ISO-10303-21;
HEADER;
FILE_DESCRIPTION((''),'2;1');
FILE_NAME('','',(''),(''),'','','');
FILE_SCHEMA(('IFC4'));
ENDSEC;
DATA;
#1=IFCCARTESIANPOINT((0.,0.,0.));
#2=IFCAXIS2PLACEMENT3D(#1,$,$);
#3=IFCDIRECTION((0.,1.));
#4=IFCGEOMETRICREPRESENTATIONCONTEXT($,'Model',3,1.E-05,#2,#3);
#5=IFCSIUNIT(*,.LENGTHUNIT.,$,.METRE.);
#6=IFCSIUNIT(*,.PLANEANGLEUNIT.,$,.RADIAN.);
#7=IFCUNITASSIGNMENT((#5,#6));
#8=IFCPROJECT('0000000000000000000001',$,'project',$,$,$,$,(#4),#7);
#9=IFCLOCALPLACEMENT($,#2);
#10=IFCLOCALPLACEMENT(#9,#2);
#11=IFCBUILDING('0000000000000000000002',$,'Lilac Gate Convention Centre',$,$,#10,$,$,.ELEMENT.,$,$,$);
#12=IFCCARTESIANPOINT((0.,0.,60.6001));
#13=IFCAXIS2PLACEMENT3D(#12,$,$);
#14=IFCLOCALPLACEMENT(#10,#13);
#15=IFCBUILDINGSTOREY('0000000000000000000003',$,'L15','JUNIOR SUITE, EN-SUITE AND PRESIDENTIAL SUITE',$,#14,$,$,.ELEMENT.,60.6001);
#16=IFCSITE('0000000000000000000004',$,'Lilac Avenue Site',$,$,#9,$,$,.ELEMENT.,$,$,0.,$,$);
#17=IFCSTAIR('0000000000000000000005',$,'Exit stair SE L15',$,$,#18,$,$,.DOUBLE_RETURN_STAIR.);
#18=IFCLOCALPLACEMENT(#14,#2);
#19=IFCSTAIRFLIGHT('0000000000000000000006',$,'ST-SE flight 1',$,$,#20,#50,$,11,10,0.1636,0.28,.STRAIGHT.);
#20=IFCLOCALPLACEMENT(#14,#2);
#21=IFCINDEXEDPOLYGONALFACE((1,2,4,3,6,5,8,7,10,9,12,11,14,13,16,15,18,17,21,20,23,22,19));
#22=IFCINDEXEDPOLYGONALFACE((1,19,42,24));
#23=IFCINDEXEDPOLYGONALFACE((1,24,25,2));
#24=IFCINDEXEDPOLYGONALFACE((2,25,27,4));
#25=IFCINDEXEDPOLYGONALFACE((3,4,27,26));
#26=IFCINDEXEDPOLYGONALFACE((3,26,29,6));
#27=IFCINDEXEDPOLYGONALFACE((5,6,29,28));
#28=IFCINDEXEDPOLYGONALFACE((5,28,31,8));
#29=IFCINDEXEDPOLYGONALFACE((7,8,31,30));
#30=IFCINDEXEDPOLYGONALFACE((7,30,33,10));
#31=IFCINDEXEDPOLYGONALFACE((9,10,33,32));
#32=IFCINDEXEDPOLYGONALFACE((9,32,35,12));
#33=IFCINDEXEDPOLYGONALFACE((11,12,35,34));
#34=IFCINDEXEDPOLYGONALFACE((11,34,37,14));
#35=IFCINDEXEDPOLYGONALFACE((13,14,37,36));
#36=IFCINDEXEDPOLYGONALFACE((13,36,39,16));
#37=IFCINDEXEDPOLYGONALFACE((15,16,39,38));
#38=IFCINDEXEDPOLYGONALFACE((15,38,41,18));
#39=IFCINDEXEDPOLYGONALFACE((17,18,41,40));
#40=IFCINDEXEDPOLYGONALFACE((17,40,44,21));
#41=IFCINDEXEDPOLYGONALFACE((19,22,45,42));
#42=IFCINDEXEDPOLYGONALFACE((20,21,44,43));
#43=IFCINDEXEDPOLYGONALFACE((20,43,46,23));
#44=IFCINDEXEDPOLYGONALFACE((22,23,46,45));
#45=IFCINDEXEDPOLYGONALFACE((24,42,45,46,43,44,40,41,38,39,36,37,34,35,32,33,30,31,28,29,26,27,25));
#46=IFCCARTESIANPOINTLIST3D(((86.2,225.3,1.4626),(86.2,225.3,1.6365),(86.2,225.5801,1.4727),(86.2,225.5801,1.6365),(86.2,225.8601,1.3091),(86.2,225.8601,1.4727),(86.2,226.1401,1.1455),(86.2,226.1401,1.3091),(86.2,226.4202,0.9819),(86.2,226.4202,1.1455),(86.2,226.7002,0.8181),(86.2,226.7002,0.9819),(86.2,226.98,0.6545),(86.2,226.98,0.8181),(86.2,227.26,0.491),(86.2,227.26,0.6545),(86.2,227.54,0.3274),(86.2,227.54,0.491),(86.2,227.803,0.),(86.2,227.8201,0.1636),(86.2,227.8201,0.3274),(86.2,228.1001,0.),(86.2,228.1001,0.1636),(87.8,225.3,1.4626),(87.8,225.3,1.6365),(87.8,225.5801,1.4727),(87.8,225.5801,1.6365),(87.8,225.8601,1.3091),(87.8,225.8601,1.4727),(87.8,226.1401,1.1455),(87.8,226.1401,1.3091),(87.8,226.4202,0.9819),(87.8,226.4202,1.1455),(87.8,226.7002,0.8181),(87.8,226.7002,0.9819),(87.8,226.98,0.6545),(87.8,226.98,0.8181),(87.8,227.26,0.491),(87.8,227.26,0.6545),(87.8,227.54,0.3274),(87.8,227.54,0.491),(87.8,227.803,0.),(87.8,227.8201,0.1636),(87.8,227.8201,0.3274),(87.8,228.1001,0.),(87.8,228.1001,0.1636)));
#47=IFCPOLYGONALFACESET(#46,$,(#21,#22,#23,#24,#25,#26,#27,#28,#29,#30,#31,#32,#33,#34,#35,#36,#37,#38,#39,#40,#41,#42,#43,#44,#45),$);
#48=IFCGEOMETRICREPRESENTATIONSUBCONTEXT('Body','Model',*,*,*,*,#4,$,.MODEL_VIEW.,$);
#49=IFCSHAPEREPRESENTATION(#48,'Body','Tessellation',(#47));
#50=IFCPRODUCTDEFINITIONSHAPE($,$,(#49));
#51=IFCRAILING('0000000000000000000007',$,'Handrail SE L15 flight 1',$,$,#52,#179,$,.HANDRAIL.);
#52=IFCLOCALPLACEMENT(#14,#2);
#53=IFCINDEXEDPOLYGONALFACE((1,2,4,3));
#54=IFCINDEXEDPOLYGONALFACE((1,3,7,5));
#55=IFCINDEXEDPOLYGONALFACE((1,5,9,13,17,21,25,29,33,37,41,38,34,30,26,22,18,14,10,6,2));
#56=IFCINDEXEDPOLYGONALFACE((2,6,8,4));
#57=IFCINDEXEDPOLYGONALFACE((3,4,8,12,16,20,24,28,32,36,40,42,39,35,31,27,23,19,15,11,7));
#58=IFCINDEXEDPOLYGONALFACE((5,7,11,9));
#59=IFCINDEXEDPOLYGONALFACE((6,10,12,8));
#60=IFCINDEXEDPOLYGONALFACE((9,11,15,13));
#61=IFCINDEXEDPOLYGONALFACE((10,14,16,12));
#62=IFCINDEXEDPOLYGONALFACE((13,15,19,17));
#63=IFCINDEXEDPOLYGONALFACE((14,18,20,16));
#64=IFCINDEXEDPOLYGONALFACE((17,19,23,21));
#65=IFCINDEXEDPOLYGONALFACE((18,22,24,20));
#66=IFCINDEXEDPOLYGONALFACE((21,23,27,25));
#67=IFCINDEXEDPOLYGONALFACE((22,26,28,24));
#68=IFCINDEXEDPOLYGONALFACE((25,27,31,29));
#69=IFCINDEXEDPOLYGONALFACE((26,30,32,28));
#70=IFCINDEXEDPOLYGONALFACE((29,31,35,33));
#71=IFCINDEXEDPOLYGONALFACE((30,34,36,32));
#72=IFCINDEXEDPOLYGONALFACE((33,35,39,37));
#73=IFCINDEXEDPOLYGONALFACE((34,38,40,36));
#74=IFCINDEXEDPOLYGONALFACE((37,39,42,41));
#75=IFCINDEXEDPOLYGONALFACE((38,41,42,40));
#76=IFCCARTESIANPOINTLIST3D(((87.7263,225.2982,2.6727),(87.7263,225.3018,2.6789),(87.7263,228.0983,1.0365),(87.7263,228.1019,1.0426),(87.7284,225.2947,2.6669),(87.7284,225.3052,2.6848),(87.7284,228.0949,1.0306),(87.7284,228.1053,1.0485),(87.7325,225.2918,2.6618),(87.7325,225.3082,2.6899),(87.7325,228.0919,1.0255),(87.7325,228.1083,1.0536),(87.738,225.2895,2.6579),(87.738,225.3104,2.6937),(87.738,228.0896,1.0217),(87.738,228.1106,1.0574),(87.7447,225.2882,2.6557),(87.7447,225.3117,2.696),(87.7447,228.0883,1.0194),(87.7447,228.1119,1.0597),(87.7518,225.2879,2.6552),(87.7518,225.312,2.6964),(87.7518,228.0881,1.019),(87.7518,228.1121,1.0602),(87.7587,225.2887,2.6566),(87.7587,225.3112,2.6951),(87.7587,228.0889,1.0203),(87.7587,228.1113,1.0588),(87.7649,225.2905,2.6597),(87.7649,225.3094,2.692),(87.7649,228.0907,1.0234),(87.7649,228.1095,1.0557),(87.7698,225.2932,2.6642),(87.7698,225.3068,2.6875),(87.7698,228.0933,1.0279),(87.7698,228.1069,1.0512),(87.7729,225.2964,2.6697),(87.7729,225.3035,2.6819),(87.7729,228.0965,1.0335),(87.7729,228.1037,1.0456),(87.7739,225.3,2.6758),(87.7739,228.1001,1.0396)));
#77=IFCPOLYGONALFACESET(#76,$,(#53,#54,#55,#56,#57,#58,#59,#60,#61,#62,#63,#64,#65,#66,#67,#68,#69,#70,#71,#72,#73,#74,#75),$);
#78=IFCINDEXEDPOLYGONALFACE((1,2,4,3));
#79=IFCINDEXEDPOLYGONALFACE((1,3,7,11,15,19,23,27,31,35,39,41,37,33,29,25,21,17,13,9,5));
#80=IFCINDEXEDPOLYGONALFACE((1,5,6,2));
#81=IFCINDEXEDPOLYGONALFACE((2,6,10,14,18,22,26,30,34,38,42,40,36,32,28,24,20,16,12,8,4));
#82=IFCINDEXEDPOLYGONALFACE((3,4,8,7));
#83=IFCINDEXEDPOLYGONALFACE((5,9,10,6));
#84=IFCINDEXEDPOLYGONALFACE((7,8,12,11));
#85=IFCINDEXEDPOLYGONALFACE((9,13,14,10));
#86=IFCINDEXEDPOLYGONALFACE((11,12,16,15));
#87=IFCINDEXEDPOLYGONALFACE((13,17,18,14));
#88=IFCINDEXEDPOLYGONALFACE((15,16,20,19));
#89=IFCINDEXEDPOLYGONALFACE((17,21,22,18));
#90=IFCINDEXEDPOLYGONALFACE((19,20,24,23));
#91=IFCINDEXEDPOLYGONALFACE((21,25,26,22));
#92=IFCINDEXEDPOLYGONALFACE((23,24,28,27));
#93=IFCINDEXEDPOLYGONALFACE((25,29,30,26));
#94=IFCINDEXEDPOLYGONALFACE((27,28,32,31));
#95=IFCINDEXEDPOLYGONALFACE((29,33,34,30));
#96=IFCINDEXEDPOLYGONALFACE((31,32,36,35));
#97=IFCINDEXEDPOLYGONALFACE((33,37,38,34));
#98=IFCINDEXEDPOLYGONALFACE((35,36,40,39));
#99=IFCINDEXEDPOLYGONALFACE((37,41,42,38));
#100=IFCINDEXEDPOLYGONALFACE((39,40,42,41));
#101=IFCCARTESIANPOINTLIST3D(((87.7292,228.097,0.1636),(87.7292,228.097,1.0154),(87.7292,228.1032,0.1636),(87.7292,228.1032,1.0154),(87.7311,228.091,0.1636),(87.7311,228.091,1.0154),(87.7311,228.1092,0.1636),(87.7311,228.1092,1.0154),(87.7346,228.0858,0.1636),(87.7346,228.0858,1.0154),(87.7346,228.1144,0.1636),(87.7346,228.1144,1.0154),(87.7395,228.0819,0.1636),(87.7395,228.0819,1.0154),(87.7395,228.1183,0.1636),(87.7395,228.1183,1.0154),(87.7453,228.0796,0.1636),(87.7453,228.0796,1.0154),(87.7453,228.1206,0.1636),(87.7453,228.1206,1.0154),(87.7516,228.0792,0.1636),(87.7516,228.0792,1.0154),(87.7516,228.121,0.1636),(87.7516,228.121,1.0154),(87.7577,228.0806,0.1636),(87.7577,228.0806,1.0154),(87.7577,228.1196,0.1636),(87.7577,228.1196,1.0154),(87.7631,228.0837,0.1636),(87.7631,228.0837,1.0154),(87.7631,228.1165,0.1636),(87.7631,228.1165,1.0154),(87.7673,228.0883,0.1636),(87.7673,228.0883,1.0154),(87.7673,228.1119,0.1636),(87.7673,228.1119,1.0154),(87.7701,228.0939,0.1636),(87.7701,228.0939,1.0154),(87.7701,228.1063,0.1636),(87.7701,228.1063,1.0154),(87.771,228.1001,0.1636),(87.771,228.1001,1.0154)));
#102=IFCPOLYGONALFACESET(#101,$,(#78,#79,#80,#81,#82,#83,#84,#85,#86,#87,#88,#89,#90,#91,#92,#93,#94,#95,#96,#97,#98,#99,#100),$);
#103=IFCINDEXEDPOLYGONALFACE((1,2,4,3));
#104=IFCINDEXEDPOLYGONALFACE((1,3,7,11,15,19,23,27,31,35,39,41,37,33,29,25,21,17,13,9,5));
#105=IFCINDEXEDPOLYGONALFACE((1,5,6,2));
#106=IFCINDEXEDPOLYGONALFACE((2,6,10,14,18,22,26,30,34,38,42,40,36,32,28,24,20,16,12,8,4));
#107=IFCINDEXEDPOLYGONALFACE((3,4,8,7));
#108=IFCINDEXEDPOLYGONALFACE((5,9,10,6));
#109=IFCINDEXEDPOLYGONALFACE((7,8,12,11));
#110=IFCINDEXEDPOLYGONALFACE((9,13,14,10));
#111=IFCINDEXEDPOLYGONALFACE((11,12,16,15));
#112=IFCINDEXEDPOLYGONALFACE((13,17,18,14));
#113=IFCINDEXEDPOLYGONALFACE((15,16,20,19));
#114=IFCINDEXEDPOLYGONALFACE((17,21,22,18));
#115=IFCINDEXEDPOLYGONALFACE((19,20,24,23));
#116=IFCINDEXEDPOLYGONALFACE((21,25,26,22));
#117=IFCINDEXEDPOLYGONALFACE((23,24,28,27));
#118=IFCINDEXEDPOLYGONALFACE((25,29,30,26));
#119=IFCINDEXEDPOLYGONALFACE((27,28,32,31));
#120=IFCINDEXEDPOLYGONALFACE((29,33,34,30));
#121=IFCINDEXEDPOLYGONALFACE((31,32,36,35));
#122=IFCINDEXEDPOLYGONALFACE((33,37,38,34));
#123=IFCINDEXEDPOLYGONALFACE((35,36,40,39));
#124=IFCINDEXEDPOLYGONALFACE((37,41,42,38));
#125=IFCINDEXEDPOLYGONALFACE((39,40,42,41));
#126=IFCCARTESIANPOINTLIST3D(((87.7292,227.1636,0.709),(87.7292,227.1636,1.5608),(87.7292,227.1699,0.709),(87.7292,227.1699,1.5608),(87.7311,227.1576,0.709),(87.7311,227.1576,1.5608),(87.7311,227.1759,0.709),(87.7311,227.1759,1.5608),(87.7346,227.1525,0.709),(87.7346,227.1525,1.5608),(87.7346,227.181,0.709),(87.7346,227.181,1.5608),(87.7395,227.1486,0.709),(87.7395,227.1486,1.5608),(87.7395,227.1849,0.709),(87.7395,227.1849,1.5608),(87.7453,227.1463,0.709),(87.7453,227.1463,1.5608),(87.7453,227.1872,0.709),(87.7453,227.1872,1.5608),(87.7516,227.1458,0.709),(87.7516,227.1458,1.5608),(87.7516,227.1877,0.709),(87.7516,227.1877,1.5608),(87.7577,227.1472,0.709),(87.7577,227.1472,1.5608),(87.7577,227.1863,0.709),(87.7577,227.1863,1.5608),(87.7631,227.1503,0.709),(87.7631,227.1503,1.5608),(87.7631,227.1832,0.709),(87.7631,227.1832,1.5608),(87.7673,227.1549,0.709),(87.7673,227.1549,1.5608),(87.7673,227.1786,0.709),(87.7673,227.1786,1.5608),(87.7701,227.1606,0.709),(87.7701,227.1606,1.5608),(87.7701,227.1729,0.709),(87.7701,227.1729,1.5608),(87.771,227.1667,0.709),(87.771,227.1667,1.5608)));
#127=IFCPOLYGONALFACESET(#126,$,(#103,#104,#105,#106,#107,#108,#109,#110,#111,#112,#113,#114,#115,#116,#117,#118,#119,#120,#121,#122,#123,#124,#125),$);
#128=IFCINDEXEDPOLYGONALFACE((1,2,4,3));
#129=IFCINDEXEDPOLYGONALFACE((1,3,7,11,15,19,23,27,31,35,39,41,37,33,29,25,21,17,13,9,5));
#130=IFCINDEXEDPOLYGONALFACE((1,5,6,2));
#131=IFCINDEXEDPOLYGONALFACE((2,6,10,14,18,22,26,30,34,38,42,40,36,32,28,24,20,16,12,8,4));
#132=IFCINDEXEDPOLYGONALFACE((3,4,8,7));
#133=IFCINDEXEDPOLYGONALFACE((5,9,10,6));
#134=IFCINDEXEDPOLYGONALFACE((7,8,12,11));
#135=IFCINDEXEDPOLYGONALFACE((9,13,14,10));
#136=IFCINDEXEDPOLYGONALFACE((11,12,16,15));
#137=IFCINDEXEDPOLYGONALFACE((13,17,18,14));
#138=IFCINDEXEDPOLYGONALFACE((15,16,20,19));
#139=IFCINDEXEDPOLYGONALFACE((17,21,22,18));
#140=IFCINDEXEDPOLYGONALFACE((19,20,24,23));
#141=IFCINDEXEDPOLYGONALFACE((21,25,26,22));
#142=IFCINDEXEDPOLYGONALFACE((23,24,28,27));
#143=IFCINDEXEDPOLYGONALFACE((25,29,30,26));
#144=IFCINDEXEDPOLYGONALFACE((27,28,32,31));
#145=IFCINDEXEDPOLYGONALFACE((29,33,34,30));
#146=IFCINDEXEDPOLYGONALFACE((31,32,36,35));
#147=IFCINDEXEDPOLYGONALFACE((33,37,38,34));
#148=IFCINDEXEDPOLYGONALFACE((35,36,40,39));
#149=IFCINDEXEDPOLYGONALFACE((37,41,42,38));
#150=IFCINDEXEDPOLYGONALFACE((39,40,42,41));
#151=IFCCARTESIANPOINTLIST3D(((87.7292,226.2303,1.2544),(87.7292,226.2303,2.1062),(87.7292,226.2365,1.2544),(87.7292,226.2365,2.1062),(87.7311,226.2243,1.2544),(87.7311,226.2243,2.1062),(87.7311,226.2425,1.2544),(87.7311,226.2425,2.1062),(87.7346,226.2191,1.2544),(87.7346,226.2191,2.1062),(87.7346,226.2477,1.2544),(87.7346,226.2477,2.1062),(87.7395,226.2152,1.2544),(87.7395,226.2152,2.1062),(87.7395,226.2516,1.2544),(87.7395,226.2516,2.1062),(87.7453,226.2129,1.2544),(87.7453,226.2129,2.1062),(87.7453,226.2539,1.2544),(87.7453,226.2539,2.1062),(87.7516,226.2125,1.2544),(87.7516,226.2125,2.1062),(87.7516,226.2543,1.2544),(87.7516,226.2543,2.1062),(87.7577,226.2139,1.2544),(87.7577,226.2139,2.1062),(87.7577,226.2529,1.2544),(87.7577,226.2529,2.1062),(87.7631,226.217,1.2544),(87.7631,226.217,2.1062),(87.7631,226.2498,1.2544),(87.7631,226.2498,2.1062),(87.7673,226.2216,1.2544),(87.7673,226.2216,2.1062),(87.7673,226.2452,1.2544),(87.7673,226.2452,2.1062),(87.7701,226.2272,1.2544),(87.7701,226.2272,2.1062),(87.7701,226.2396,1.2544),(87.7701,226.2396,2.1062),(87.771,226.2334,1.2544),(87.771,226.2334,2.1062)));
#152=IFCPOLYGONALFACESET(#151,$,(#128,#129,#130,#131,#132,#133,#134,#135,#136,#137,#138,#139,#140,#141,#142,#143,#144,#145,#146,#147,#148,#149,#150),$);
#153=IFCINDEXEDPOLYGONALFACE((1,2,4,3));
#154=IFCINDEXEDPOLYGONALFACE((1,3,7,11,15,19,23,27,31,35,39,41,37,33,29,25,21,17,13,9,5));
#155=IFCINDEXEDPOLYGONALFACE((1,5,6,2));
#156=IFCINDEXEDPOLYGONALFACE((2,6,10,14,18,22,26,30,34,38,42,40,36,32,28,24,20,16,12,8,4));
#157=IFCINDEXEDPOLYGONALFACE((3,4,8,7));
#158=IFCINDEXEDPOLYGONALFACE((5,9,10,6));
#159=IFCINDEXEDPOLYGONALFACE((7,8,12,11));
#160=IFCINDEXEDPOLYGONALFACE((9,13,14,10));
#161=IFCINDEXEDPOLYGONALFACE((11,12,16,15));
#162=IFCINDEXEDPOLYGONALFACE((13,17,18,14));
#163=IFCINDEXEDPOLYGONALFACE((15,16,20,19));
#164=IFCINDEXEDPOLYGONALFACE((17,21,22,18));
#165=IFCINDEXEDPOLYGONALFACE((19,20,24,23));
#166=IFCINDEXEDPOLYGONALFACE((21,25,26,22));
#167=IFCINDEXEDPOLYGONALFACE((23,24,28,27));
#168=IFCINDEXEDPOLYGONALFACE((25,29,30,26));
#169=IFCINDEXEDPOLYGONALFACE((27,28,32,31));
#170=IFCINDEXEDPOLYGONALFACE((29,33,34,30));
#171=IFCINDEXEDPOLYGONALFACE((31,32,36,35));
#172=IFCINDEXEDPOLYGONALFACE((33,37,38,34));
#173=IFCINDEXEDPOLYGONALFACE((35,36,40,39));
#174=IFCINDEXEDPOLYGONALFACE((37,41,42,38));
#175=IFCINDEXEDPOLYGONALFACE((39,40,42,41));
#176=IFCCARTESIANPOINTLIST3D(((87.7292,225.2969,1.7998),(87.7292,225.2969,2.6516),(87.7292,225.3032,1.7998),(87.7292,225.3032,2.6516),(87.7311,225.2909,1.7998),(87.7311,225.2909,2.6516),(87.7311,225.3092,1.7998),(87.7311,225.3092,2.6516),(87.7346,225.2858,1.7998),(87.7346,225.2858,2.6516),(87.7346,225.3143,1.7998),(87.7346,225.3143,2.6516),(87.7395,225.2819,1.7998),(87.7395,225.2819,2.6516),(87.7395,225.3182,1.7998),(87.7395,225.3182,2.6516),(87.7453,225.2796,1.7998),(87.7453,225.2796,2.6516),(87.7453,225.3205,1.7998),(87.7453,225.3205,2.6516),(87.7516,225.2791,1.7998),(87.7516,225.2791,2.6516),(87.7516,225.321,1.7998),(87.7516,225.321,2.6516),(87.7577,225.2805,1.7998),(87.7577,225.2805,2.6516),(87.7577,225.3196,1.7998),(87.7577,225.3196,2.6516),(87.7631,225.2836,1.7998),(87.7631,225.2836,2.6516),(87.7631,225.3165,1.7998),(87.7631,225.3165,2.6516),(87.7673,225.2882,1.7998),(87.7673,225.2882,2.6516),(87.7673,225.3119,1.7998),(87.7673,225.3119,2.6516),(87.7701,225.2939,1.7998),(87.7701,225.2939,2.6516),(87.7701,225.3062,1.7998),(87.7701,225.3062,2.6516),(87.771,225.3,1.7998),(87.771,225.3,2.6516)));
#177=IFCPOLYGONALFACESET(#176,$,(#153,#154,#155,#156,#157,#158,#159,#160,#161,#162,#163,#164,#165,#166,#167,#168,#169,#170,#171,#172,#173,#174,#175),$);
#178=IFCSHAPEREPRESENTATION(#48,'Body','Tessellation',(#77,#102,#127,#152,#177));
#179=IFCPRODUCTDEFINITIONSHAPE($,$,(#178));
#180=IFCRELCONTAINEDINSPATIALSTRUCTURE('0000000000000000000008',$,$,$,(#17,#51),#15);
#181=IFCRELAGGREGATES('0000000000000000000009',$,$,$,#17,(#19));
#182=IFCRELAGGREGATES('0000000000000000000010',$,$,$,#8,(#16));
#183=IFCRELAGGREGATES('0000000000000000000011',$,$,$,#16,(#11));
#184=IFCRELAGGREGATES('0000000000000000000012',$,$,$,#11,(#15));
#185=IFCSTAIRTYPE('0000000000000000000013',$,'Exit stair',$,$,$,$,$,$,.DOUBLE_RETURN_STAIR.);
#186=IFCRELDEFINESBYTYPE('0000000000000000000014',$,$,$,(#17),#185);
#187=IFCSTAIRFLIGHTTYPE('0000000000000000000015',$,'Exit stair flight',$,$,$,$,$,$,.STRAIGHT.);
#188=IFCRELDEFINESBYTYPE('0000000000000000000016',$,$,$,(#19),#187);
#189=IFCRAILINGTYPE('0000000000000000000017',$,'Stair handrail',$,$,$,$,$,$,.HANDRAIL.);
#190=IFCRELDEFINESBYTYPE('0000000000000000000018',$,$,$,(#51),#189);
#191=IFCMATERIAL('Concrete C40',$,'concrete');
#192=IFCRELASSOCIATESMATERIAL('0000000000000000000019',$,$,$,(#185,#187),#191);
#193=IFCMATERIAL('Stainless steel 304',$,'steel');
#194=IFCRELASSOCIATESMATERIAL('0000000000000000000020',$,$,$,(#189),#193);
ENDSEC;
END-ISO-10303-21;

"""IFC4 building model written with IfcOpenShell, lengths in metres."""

from ifc_helpers import new_model, si_unit, direction, frame, origin, origin_2d, place, context, subcontext, project, spatial, polyline, circle, outline, extrude, material, type_object, element, aggregate, save


model = new_model("IFC4")

# Units and contexts
model_context = context("Model", 3, precision=1e-05, world=origin(), true_north=direction((0.0, 1.0)))
body_context = subcontext(model_context, "Body", "Model", "MODEL_VIEW")
ifc_project = project(units=[si_unit("LENGTHUNIT", "METRE"), si_unit("PLANEANGLEUNIT", "RADIAN")], contexts=[model_context])

# Site, building, storey
site_placement = place(None, origin())
site = spatial("IfcSite", under=ifc_project, at=site_placement, Name="Lilac Avenue Site", CompositionType="ELEMENT", RefElevation=0.0)
building_placement = place(site_placement, origin())
building = spatial("IfcBuilding", under=site, at=building_placement, Name="Lilac Gate Convention Centre", CompositionType="ELEMENT")
storey_placement = place(building_placement, frame((0.0, 0.0, 60.6001)))
storey = spatial("IfcBuildingStorey", under=building, at=storey_placement, Name="L15", Description="JUNIOR SUITE, EN-SUITE AND PRESIDENTIAL SUITE", CompositionType="ELEMENT", Elevation=60.6001)

# Shared definitions
ifc_material_1 = material(Name="Concrete C40", Category="concrete")

# Stair, stair flight
stair_type = type_object("IfcStairType", Name="Exit stair", PredefinedType="DOUBLE_RETURN_STAIR", material=ifc_material_1)
stair_placement = place(storey_placement, origin())
stair = element("IfcStair", 1, at=stair_placement, inside=storey, type_object=stair_type, Name="Exit stair SE L15", PredefinedType="DOUBLE_RETURN_STAIR")
stair_flight_type = type_object("IfcStairFlightType", Name="Exit stair flight", PredefinedType="STRAIGHT", material=ifc_material_1)
stair_flight_placement = place(storey_placement, frame((87.0, 228.1001, 0.0), z_axis=(0.0, 0.0, 1.0), x_axis=(0.0, -1.0, 0.0)))
stair_flight = element("IfcStairFlight", 2, at=stair_flight_placement, type_object=stair_flight_type, Name="ST-SE flight 1", NumberOfRisers=11, NumberOfTreads=10, PredefinedType="STRAIGHT", RiserHeight=0.1636, TreadLength=0.28, context=body_context, shape_type="SweptSolid", body=[
    extrude(outline(polyline([(0.0, 0.0), (0.0, 0.1636), (0.28, 0.1636), (0.28, 0.3274), (0.5601, 0.3274), (0.5601, 0.491), (0.8401, 0.491), (0.8401, 0.6545), (1.1201, 0.6545), (1.1201, 0.8181), (1.3999, 0.8181), (1.3999, 0.9819), (1.6799, 0.9819), (1.6799, 1.1455), (1.96, 1.1455), (1.96, 1.3091), (2.24, 1.3091), (2.24, 1.4727), (2.52, 1.4727), (2.52, 1.6365), (2.8, 1.6365), (2.8, 1.8), (2.8, 1.4626), (0.2971, 0.0), (0.0, 0.0)])), frame((0.0, 0.8, 0.0), z_axis=(0.0, -1.0, 0.0), x_axis=(1.0, 0.0, 0.0)), (0.0, 0.0, 1.0), 1.6001),
])
aggregate(stair, [stair_flight])

# Railing
ifc_material_2 = material(Name="Stainless steel 304", Category="steel")
railing_type = type_object("IfcRailingType", Name="Stair handrail", PredefinedType="HANDRAIL", material=ifc_material_2)
for number, where, name in (
    (3, (87.75, 228.1001, 0.1636), "Handrail SE L15 flight 1"),
):
    element("IfcRailing", number, at=place(storey_placement, frame(where)), inside=storey, type_object=railing_type, Name=name, PredefinedType="HANDRAIL", context=body_context, shape_type="SweptSolid", body=[
        extrude(circle(Radius=0.0239, at=origin_2d()), frame((0.0, 0.0, 0.876), z_axis=(0.0, -0.863394, 0.504531), x_axis=(1.0, 0.0, 0.0)), (0.0, 0.0, 1.0), 3.2432),
        extrude(circle(Radius=0.021, at=origin_2d()), origin(), (0.0, 0.0, 1.0), 0.8518),
        extrude(circle(Radius=0.021, at=origin_2d()), frame((0.0, -0.9333, 0.5454)), (0.0, 0.0, 1.0), 0.8518),
        extrude(circle(Radius=0.021, at=origin_2d()), frame((0.0, -1.8667, 1.0908)), (0.0, 0.0, 1.0), 0.8518),
        extrude(circle(Radius=0.021, at=origin_2d()), frame((0.0, -2.8, 1.6362)), (0.0, 0.0, 1.0), 0.8518),
    ])

save(model, "model.ifc")
